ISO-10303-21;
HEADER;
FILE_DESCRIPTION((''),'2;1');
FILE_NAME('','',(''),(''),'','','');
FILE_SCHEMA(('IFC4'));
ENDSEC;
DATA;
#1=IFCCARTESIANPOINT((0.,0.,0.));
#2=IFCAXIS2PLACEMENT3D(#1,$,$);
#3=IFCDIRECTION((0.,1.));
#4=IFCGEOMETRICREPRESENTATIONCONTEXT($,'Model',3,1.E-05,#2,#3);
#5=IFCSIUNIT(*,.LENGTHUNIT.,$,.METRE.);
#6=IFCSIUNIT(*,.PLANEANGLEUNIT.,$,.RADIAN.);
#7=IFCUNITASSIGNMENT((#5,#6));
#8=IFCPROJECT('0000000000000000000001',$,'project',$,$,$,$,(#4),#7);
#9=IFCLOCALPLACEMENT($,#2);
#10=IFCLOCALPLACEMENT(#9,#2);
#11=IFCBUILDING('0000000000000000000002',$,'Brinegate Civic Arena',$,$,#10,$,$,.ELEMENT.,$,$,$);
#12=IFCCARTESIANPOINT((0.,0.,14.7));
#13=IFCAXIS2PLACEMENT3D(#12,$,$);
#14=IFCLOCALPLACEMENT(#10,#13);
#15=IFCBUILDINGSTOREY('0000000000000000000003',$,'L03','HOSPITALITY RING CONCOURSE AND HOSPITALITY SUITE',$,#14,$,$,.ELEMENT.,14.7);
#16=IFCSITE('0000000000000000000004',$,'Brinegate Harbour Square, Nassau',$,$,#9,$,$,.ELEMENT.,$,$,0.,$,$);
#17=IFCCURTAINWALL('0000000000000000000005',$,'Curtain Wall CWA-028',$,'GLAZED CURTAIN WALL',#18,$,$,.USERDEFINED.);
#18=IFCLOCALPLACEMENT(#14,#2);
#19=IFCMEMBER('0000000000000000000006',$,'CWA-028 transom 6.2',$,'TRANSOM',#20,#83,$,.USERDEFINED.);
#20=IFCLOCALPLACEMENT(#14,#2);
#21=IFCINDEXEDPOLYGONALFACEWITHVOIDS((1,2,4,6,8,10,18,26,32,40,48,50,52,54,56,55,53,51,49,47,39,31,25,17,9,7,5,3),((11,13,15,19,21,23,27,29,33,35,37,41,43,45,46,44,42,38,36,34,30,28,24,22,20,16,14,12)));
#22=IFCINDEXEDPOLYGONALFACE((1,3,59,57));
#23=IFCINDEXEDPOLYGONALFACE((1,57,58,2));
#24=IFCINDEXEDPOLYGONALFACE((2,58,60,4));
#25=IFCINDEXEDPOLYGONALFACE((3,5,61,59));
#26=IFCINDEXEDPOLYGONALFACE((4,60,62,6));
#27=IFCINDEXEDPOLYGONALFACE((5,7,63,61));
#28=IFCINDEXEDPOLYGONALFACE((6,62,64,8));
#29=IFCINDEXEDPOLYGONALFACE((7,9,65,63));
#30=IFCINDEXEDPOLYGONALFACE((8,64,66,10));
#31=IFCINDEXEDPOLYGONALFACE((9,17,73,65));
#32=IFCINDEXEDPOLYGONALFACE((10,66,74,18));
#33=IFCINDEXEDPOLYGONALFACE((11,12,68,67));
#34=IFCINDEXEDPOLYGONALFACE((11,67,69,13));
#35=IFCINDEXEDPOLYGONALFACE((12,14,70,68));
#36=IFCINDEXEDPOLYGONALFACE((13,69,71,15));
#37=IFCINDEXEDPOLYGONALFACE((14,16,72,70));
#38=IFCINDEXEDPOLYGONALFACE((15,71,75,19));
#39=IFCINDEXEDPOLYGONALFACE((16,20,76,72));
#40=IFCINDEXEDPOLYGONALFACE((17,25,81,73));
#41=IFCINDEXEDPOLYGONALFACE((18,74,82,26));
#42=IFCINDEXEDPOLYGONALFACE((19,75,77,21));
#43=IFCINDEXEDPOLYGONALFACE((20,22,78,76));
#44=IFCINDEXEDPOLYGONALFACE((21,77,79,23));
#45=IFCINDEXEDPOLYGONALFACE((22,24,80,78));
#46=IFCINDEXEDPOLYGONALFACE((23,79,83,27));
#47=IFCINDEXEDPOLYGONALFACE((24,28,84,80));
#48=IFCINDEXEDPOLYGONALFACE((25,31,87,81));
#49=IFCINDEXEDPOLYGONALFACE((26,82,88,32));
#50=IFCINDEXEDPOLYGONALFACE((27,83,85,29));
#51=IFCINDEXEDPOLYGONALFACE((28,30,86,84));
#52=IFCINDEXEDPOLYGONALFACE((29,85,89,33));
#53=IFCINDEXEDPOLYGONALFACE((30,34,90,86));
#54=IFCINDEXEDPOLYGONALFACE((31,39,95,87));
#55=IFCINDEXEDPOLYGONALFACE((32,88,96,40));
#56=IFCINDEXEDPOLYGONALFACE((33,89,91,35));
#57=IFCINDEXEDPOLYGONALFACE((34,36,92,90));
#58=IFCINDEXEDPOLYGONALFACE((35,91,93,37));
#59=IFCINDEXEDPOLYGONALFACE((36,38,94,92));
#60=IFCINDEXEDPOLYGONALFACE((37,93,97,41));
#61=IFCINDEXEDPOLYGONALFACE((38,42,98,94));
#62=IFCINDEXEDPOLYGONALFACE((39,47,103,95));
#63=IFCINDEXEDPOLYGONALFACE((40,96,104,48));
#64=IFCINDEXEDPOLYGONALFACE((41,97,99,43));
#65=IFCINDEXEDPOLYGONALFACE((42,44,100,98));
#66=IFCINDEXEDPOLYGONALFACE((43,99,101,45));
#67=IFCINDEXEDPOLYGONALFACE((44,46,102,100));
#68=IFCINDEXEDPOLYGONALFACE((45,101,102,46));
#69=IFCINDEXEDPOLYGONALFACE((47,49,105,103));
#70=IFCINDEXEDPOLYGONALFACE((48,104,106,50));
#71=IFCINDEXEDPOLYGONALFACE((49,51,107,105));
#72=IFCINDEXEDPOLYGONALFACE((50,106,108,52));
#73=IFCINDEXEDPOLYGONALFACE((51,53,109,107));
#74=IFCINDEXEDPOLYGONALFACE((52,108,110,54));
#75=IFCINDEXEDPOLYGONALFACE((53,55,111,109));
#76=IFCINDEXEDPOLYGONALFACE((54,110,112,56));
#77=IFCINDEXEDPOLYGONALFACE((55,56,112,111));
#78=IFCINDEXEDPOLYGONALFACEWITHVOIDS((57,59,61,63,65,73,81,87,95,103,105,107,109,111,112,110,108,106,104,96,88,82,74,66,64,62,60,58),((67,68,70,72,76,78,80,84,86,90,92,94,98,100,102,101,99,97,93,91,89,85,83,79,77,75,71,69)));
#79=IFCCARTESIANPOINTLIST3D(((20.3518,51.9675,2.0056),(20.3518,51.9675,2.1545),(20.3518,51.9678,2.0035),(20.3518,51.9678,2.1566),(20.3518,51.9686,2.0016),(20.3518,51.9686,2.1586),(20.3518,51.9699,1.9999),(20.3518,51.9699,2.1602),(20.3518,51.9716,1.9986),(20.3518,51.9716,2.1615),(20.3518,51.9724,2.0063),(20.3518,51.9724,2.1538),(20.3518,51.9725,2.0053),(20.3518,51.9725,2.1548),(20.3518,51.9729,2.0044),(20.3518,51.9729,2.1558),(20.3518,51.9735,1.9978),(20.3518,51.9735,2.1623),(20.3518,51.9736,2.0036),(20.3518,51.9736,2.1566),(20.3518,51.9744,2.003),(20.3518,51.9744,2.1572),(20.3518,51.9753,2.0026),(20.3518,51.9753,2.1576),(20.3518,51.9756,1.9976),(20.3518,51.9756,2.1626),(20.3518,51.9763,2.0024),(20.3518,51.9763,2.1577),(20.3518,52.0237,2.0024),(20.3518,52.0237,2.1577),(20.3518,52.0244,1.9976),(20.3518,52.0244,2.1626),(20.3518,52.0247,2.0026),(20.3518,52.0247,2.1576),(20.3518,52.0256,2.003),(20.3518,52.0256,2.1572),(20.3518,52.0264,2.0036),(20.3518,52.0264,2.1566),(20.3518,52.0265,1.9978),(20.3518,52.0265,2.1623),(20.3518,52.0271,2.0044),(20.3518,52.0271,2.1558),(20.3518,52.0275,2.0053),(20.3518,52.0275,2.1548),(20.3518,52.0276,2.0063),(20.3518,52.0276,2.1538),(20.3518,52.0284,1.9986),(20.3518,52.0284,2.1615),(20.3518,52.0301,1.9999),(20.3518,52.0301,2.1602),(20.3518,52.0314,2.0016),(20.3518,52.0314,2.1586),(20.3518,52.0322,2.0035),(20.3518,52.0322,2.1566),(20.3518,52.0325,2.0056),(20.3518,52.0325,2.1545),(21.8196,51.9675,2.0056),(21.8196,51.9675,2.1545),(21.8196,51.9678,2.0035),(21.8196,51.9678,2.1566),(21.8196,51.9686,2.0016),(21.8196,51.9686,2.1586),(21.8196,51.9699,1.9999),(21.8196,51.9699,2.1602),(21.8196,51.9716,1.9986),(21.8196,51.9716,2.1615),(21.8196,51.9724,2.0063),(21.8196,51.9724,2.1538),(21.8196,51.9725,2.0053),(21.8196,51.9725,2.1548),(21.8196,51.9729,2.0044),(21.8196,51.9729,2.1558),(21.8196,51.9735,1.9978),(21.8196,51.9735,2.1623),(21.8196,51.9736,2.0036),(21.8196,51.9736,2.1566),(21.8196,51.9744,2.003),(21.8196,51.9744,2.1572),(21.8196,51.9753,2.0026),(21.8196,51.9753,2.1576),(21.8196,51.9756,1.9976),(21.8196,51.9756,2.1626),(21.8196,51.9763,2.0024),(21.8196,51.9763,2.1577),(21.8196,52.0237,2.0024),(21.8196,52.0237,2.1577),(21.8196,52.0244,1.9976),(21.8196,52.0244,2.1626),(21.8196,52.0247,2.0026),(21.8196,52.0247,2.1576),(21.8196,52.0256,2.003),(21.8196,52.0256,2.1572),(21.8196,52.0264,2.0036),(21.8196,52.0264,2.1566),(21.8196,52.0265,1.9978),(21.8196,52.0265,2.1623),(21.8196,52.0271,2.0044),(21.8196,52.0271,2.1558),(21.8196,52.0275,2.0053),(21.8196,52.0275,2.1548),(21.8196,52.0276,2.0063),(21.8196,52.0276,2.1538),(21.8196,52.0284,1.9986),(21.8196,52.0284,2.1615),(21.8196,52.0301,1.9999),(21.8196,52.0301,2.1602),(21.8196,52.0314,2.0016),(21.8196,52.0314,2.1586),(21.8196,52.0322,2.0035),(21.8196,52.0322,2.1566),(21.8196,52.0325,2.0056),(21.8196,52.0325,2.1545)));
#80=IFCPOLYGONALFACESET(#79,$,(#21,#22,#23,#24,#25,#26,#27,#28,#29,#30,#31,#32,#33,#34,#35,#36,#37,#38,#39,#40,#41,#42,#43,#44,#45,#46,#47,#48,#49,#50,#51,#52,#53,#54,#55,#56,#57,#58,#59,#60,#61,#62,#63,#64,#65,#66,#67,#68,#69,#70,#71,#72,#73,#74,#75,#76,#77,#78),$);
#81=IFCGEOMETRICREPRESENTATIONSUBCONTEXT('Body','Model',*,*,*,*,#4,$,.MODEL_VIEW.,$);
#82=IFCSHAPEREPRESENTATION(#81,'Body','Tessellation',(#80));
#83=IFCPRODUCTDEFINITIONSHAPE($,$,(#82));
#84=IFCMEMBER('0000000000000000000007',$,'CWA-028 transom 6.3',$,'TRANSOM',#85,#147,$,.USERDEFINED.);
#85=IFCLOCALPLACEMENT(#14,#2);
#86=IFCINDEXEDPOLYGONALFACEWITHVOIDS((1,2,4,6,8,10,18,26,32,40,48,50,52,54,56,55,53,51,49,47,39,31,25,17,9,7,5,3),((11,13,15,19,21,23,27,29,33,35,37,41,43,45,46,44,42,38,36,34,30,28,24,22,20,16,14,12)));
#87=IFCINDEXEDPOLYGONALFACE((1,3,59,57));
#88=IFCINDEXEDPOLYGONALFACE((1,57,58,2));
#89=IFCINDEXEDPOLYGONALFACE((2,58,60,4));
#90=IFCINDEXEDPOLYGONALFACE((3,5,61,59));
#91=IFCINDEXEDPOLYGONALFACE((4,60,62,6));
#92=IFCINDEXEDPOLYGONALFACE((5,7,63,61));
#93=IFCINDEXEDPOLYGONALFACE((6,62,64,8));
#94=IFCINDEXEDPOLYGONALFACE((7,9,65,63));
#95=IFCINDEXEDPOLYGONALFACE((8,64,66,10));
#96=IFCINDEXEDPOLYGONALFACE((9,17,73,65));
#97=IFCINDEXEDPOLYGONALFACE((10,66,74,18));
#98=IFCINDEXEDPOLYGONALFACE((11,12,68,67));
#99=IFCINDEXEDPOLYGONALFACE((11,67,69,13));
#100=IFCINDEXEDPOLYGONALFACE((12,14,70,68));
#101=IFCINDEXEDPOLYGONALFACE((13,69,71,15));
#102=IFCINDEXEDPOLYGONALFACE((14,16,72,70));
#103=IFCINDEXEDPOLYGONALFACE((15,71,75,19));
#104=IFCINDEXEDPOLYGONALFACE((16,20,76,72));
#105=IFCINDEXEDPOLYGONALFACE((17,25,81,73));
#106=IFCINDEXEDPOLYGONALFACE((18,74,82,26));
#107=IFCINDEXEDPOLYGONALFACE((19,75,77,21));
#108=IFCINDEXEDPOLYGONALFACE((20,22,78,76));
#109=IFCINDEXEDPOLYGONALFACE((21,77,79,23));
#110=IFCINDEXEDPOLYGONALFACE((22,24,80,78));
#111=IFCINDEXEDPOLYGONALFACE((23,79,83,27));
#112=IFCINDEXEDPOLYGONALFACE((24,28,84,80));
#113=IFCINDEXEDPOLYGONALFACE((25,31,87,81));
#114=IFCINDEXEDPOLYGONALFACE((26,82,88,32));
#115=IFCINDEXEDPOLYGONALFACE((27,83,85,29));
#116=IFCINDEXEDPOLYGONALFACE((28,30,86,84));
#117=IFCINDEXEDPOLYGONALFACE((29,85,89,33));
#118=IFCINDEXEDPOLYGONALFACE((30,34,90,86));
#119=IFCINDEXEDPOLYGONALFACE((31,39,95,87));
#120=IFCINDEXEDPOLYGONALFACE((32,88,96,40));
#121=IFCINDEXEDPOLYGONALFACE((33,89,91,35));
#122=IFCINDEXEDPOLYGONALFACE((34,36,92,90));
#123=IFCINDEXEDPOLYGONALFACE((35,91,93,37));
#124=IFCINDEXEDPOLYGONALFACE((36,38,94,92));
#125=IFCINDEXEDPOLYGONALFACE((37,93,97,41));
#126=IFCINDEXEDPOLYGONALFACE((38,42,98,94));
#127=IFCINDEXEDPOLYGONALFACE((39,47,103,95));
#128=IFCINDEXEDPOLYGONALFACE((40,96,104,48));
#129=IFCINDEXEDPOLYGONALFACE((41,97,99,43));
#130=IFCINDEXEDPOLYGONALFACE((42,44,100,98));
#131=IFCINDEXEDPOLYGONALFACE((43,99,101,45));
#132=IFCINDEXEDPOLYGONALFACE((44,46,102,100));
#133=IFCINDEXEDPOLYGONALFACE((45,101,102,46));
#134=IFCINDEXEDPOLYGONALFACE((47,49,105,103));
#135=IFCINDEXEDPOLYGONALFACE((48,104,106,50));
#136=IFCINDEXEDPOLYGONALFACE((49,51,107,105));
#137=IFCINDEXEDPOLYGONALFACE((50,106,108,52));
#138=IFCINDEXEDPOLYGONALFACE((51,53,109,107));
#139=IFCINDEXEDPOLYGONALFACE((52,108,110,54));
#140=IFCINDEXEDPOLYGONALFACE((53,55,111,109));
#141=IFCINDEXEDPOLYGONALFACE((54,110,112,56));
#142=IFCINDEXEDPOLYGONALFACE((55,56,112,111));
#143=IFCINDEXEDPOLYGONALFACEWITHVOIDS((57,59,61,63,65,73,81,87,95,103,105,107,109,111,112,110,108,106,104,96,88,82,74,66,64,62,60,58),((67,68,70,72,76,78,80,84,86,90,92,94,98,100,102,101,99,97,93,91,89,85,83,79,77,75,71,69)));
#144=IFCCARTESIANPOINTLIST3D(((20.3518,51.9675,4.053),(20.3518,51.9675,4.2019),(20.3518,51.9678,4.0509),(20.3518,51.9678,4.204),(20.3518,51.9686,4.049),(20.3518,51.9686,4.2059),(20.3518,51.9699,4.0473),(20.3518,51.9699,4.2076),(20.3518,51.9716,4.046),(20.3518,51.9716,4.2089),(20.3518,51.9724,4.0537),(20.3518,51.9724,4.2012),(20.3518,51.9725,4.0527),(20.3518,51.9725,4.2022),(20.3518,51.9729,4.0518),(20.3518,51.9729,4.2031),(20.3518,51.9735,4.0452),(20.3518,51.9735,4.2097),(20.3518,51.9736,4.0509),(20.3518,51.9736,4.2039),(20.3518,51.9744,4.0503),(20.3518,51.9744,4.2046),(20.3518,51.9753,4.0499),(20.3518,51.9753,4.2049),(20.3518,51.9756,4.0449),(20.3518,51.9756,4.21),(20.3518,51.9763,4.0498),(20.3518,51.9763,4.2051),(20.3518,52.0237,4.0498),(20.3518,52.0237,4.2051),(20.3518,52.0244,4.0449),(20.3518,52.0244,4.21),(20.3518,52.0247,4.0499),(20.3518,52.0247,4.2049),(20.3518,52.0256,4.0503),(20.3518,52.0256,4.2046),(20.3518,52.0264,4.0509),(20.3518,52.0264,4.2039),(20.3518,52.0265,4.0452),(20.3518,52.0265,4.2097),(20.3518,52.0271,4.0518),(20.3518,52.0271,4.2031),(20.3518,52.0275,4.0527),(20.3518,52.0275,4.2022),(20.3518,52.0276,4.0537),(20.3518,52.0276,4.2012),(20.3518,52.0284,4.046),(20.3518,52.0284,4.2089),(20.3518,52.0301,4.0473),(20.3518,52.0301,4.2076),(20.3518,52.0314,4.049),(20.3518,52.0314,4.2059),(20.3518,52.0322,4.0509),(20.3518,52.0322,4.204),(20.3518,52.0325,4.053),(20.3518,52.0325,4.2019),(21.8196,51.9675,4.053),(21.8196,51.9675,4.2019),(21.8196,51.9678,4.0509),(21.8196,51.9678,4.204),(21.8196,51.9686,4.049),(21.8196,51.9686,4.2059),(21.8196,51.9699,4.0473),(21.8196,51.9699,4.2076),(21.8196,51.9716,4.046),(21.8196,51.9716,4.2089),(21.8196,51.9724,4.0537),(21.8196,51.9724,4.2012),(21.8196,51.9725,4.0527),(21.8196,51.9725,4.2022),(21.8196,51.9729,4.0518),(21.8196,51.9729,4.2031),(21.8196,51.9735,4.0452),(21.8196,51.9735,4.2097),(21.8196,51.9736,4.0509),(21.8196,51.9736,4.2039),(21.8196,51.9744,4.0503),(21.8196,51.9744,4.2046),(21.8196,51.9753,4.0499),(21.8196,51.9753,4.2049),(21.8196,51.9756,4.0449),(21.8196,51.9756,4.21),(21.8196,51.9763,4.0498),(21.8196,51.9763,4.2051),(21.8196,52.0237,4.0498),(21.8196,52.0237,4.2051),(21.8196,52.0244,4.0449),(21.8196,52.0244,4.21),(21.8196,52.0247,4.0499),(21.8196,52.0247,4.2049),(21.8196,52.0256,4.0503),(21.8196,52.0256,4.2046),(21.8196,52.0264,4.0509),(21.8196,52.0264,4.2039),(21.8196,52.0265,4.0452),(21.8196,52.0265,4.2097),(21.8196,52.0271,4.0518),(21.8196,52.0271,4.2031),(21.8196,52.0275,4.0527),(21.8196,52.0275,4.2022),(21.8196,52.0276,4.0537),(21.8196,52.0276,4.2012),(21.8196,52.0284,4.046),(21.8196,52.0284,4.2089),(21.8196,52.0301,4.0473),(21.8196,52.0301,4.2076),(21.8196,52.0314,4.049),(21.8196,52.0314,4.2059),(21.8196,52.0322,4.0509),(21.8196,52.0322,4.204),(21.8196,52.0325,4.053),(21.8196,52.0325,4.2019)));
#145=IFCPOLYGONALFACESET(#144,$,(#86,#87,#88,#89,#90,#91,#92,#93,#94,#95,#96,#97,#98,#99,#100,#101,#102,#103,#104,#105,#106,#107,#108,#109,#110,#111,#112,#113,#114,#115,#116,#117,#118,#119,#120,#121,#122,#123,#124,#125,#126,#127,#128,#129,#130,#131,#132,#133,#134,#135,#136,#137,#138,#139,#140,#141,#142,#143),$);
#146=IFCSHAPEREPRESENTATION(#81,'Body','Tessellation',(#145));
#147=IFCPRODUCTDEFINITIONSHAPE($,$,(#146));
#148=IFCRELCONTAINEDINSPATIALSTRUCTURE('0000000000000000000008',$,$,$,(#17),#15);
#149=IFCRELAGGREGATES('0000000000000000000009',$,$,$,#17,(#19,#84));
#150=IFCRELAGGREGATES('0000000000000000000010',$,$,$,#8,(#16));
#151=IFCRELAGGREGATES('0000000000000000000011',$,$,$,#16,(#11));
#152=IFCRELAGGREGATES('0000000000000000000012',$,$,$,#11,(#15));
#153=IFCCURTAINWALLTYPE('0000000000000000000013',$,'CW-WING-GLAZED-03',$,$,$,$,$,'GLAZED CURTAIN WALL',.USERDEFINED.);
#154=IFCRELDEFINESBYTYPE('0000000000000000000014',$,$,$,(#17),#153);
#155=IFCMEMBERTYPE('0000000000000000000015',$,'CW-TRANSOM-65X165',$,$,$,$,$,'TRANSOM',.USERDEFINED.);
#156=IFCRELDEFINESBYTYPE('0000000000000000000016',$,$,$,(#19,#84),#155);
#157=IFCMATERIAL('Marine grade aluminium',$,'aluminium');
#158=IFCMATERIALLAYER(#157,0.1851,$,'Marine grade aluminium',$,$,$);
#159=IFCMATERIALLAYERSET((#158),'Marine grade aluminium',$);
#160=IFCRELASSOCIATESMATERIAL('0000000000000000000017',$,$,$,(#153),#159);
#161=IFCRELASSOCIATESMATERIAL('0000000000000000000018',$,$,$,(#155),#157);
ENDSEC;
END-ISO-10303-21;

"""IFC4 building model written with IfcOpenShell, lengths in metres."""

from ifc_helpers import new_model, si_unit, direction, frame, origin, origin_2d, place, context, subcontext, project, spatial, hollow_rectangle, extrude, material, layer, layer_set, material_profile, profile_set, type_object, element, aggregate, save


model = new_model("IFC4")

# Units and contexts
model_context = context("Model", 3, precision=1e-05, world=origin(), true_north=direction((0.0, 1.0)))
body_context = subcontext(model_context, "Body", "Model", "MODEL_VIEW")
ifc_project = project(units=[si_unit("LENGTHUNIT", "METRE"), si_unit("PLANEANGLEUNIT", "RADIAN")], contexts=[model_context])

# Site, building, storey
site_placement = place(None, origin())
site = spatial("IfcSite", under=ifc_project, at=site_placement, Name="Brinegate Harbour Square, Nassau", CompositionType="ELEMENT", RefElevation=0.0)
building_placement = place(site_placement, origin())
building = spatial("IfcBuilding", under=site, at=building_placement, Name="Brinegate Civic Arena", CompositionType="ELEMENT")
storey_placement = place(building_placement, frame((0.0, 0.0, 14.7)))
storey = spatial("IfcBuildingStorey", under=building, at=storey_placement, Name="L03", Description="HOSPITALITY RING CONCOURSE AND HOSPITALITY SUITE", CompositionType="ELEMENT", Elevation=14.7)

# Curtain wall
ifc_material_1 = material(Name="Marine grade aluminium", Category="aluminium")
ifc_layer_1 = layer(ifc_material_1, 0.1851, Name="Marine grade aluminium")
ifc_layer_set_1 = layer_set([ifc_layer_1], Name="Marine grade aluminium")
curtain_wall_type = type_object("IfcCurtainWallType", Name="CW-WING-GLAZED-03", ElementType="GLAZED CURTAIN WALL", PredefinedType="USERDEFINED", material=ifc_layer_set_1)
curtain_wall_1_placement = place(storey_placement, origin())
curtain_wall_1 = element("IfcCurtainWall", 1, at=curtain_wall_1_placement, inside=storey, type_object=curtain_wall_type, Name="Curtain Wall CWA-028", ObjectType="GLAZED CURTAIN WALL", PredefinedType="USERDEFINED")

# Members
ifc_material_profile_1 = material_profile(ifc_material_1, hollow_rectangle(XDim=0.0649, YDim=0.165, WallThickness=0.0049, InnerFilletRadius=0.0039, OuterFilletRadius=0.0081, at=origin_2d()), Name="TRN65X165")
ifc_profile_set_1 = profile_set([ifc_material_profile_1], Name="Marine grade aluminium")
member_type_1 = type_object("IfcMemberType", Name="CW-TRANSOM-65X165", ElementType="TRANSOM", PredefinedType="USERDEFINED", material=ifc_profile_set_1)
member_1_placement = place(storey_placement, frame((20.3518, 52.0, 2.0801), z_axis=(1.0, 0.0, 0.0), x_axis=(0.0, 1.0, 0.0)))
member_1 = element("IfcMember", 2, at=member_1_placement, type_object=member_type_1, Name="CWA-028 transom 6.2", ObjectType="TRANSOM", PredefinedType="USERDEFINED", context=body_context, shape_type="SweptSolid", body=[
    extrude(hollow_rectangle(XDim=0.0649, YDim=0.165, WallThickness=0.0049, InnerFilletRadius=0.0039, OuterFilletRadius=0.0081, at=origin_2d()), origin(), (0.0, 0.0, 1.0), 1.4678),
])
member_2_placement = place(storey_placement, frame((20.3518, 52.0, 4.1274), z_axis=(1.0, 0.0, 0.0), x_axis=(0.0, 1.0, 0.0)))
member_2 = element("IfcMember", 3, at=member_2_placement, type_object=member_type_1, Name="CWA-028 transom 6.3", ObjectType="TRANSOM", PredefinedType="USERDEFINED", context=body_context, shape_type="SweptSolid", body=[
    extrude(hollow_rectangle(XDim=0.0649, YDim=0.165, WallThickness=0.0049, InnerFilletRadius=0.0039, OuterFilletRadius=0.0081, at=origin_2d()), origin(), (0.0, 0.0, 1.0), 1.4678),
])

aggregate(curtain_wall_1, [member_1, member_2])

save(model, "model.ifc")
